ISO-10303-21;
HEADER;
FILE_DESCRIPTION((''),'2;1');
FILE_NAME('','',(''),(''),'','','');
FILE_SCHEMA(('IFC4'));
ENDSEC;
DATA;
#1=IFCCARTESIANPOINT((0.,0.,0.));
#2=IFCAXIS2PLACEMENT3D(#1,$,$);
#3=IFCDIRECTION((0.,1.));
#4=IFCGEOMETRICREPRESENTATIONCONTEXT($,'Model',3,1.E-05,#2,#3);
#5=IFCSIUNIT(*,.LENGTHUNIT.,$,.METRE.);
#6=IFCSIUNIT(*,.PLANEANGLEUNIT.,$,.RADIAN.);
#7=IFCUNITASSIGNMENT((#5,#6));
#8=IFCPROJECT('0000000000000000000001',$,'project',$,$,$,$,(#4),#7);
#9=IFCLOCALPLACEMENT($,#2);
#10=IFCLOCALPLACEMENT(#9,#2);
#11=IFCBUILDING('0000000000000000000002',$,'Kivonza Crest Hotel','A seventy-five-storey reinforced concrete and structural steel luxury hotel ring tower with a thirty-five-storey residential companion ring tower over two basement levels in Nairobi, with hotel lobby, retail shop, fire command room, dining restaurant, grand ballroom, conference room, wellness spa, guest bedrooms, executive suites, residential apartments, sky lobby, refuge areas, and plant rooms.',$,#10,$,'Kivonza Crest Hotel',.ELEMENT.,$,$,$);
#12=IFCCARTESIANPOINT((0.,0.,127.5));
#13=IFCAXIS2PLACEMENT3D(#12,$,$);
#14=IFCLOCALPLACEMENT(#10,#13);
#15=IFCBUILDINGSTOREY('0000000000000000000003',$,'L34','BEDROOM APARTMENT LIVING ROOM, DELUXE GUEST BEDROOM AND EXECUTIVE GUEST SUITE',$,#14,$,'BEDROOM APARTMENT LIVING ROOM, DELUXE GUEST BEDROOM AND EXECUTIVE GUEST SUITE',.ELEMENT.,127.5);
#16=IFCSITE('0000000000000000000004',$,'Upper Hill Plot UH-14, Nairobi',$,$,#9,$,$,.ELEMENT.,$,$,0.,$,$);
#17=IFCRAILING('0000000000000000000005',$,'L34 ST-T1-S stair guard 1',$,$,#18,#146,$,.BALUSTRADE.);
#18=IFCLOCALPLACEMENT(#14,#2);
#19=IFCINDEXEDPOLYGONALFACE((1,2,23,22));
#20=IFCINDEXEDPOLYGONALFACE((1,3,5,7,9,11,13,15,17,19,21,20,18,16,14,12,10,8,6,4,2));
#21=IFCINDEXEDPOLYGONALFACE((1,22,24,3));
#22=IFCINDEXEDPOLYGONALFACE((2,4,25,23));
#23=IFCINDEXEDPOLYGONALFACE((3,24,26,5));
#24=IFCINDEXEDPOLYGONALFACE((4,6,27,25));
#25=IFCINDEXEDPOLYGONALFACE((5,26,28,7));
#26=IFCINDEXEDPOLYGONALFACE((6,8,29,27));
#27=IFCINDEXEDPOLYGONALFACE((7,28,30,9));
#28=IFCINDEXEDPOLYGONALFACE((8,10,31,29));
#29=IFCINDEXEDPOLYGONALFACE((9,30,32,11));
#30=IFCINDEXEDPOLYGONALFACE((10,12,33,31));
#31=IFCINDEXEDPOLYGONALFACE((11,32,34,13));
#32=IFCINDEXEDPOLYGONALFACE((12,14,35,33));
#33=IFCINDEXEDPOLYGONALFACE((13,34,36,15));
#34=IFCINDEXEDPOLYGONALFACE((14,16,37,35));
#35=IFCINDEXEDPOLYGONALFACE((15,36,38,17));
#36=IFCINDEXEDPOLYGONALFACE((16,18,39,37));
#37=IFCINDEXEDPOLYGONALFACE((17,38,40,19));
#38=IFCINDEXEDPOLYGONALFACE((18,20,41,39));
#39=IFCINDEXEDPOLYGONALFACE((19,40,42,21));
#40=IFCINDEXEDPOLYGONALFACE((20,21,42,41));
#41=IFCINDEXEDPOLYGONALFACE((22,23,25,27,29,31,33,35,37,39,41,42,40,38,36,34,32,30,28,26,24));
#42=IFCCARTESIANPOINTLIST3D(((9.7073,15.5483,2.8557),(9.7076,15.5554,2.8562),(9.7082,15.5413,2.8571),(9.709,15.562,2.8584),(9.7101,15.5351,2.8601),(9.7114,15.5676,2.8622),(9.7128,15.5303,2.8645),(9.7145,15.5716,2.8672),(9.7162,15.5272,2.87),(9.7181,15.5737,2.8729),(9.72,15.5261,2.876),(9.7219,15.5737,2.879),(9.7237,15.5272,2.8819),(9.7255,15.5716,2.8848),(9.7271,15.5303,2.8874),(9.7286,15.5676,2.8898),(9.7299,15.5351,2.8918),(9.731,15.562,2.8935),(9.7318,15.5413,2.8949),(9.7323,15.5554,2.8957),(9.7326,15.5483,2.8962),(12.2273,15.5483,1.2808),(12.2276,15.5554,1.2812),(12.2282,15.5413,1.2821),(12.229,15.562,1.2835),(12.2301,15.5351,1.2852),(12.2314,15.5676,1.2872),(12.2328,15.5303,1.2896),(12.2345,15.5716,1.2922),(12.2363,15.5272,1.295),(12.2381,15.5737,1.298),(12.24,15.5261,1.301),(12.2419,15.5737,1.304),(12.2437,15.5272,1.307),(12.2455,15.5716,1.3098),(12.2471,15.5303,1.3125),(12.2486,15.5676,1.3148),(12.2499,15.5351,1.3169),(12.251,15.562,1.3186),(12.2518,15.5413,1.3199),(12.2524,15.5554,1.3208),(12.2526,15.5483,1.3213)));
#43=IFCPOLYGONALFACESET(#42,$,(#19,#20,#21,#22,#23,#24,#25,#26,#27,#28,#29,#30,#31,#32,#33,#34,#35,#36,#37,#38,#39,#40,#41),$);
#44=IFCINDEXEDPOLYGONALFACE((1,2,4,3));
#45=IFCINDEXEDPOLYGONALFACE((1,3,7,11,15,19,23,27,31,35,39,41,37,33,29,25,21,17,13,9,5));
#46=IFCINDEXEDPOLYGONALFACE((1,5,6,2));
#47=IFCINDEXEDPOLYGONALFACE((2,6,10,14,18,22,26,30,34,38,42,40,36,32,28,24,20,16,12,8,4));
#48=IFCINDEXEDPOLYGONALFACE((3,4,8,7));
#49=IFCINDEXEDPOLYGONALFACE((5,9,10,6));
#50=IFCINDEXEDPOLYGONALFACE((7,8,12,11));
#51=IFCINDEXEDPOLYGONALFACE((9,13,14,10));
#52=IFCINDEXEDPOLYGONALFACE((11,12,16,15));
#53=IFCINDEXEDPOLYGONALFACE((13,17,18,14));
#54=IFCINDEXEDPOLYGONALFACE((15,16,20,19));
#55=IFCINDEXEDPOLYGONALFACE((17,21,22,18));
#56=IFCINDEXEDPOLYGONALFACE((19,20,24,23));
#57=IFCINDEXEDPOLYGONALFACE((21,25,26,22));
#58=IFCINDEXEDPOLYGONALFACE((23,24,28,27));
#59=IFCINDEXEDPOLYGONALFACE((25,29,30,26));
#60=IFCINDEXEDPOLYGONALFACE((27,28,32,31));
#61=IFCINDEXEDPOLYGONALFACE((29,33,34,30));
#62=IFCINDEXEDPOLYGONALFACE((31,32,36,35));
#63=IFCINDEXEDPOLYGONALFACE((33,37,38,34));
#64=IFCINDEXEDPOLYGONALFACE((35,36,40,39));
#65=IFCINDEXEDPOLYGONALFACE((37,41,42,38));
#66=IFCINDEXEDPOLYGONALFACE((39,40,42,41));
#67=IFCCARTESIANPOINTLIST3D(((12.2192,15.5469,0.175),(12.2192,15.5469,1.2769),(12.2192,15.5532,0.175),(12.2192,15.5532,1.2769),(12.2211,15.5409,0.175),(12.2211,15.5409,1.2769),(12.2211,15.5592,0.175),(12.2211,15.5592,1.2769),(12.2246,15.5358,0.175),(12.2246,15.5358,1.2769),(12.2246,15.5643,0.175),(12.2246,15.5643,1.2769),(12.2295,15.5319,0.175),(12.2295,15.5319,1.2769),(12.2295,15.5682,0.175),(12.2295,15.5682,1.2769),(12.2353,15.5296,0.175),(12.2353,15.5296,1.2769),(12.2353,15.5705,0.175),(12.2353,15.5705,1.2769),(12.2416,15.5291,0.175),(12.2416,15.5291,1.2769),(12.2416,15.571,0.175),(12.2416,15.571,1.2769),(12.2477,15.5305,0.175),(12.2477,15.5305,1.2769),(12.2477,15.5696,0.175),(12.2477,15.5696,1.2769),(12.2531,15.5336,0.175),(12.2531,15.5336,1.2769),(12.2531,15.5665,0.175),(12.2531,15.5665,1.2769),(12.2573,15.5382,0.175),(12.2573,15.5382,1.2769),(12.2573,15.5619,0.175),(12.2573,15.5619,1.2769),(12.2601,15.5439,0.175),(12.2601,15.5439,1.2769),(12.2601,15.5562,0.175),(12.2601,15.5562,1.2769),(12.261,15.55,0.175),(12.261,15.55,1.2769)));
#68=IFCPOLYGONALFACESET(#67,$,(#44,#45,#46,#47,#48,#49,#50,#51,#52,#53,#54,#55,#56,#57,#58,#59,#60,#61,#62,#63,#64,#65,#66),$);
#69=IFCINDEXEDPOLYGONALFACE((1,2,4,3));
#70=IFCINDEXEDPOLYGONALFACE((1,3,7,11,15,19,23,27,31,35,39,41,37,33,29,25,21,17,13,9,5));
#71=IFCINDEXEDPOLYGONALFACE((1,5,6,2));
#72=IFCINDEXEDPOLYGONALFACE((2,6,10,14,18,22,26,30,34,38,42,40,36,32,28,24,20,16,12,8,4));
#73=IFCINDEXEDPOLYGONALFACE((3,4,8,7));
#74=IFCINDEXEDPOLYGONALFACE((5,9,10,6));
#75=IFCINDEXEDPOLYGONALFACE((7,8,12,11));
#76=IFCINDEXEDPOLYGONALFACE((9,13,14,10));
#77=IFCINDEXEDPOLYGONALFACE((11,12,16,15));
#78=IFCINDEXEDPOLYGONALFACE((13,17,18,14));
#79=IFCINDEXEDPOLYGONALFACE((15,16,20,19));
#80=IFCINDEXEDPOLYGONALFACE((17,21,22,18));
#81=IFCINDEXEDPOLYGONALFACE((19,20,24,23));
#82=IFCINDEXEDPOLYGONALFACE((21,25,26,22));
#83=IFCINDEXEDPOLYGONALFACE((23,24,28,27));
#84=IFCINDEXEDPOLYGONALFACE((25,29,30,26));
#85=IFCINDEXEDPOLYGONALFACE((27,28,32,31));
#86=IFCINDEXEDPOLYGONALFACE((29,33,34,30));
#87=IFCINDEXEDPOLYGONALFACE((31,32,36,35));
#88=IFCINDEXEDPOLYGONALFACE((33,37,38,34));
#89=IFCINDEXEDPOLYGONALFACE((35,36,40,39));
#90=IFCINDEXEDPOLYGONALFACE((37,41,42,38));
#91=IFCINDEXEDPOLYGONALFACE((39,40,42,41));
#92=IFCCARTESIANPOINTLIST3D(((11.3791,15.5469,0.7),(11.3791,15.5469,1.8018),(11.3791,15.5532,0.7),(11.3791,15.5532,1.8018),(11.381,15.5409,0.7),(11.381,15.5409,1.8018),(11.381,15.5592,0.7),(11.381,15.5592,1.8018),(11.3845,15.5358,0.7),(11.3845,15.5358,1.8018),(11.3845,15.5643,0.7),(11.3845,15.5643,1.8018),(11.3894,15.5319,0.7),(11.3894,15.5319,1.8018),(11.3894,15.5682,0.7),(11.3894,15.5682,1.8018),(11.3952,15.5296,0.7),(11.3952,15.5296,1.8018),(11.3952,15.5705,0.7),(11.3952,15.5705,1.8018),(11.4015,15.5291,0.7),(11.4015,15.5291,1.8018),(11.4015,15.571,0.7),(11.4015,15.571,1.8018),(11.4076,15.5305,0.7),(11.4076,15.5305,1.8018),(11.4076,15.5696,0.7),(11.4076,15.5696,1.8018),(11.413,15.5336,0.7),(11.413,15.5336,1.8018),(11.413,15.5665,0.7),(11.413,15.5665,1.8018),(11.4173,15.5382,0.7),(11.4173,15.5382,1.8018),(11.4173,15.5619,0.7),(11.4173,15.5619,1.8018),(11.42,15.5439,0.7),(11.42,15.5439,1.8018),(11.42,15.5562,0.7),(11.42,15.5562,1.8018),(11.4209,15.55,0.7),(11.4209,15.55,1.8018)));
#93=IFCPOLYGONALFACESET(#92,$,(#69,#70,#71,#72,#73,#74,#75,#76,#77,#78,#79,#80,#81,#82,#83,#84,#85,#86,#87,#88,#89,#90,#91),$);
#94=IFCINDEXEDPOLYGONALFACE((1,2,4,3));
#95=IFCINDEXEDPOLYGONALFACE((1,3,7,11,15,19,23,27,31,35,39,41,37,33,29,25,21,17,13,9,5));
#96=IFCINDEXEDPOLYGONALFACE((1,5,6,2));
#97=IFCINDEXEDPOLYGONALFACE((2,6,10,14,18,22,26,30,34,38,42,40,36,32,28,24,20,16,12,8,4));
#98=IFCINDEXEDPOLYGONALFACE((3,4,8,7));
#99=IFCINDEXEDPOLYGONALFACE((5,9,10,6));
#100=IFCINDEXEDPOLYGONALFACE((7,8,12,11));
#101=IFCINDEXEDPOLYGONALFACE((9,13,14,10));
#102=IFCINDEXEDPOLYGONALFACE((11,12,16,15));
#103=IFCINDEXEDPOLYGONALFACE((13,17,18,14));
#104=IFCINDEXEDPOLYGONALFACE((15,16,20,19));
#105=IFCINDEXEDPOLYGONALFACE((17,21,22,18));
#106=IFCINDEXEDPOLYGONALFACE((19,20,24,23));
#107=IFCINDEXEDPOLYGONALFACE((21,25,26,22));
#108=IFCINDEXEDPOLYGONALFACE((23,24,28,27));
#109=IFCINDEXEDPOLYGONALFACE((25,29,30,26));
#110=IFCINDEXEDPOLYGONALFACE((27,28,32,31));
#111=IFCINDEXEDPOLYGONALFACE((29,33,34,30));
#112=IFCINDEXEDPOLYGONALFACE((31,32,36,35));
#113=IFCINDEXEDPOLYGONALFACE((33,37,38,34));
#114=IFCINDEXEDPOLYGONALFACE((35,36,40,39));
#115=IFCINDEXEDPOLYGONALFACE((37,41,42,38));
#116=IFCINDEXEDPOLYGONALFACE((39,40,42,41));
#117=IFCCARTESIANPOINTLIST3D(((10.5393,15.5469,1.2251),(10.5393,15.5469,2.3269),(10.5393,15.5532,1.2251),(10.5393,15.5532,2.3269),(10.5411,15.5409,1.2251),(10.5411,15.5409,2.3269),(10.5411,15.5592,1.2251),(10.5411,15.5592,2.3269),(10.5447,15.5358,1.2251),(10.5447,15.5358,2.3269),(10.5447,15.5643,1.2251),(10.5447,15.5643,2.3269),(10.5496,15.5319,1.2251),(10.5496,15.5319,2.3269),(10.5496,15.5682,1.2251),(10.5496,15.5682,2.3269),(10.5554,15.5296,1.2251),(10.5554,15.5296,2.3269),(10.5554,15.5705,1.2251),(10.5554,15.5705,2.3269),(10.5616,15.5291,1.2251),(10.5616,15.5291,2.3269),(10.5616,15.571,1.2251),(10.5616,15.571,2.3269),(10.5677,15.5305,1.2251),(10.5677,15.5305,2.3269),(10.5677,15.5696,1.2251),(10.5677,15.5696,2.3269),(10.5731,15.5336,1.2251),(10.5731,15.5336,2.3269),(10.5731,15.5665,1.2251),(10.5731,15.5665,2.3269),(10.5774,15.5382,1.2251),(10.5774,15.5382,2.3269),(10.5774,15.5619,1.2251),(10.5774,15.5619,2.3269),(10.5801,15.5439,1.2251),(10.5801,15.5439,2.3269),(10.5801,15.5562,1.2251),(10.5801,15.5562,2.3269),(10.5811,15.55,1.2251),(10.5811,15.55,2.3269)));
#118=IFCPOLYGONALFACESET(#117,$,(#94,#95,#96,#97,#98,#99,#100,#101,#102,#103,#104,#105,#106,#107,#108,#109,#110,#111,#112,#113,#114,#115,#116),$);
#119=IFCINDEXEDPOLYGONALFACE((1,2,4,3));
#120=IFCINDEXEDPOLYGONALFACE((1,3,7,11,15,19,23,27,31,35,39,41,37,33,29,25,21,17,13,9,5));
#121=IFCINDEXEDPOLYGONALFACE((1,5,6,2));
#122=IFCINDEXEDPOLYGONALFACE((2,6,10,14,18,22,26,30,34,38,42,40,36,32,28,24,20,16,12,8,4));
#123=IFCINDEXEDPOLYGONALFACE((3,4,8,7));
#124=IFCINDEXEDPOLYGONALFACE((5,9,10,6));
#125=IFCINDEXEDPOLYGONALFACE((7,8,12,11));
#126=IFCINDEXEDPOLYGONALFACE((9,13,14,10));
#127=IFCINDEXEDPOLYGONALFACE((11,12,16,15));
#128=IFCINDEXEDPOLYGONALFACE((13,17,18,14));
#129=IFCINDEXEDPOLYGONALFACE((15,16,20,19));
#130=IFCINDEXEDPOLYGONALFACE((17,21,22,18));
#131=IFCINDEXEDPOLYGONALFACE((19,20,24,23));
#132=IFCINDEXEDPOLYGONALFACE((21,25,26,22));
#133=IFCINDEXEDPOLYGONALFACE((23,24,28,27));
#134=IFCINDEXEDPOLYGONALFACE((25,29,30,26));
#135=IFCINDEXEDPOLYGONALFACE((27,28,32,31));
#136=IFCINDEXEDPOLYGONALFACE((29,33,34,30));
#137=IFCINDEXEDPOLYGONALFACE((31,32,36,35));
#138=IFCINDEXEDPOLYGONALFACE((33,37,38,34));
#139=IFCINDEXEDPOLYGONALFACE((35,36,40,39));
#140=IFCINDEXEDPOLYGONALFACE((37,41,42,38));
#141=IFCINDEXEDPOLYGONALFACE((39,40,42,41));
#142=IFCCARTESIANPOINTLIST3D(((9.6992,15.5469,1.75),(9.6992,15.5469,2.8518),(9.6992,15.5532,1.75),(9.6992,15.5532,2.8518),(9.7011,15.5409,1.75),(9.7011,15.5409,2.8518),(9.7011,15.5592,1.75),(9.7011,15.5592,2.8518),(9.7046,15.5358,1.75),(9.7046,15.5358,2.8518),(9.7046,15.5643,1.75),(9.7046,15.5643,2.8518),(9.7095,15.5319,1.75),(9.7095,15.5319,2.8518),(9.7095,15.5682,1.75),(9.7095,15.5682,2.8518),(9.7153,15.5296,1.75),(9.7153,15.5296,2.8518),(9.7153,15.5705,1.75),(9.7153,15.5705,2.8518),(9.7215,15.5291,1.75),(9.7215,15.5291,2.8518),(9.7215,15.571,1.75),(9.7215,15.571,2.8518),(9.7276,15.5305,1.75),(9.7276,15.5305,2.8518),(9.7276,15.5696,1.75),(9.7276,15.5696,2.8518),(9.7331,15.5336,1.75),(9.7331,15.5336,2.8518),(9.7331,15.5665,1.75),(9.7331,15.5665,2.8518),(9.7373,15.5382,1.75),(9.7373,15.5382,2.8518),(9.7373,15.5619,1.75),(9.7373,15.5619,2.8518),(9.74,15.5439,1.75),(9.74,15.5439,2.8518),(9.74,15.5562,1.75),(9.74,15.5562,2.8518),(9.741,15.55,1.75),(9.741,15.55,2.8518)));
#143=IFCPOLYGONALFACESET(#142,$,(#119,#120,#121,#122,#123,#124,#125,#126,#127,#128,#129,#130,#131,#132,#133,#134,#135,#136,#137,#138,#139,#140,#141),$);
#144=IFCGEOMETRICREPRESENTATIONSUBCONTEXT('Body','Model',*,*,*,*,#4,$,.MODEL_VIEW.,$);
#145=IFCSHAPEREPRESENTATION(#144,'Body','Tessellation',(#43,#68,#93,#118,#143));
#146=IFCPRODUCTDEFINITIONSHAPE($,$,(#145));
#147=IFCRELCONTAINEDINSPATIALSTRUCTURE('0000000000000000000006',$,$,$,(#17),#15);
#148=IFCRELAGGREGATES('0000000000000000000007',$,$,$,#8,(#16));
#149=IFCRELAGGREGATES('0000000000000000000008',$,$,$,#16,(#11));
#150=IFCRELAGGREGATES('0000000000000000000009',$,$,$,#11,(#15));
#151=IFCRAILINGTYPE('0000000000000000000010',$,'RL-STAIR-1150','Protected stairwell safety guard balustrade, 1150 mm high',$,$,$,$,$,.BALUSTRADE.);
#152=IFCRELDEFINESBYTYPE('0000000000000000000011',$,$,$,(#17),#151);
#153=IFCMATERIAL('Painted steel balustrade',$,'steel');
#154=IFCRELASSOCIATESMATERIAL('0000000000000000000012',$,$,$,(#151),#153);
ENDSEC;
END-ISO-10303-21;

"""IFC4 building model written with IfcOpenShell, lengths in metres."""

from ifc_helpers import new_model, si_unit, direction, frame, origin, origin_2d, place, context, subcontext, project, spatial, circle, extrude, material, type_object, element, save


model = new_model("IFC4")

# Units and contexts
model_context = context("Model", 3, precision=1e-05, world=origin(), true_north=direction((0.0, 1.0)))
body_context = subcontext(model_context, "Body", "Model", "MODEL_VIEW")
ifc_project = project(units=[si_unit("LENGTHUNIT", "METRE"), si_unit("PLANEANGLEUNIT", "RADIAN")], contexts=[model_context])

# Site, building, storey
site_placement = place(None, origin())
site = spatial("IfcSite", under=ifc_project, at=site_placement, Name="Upper Hill Plot UH-14, Nairobi", CompositionType="ELEMENT", RefElevation=0.0)
building_placement = place(site_placement, origin())
building = spatial("IfcBuilding", under=site, at=building_placement, Name="Kivonza Crest Hotel", Description="A seventy-five-storey reinforced concrete and structural steel luxury hotel ring tower with a thirty-five-storey residential companion ring tower over two basement levels in Nairobi, with hotel lobby, retail shop, fire command room, dining restaurant, grand ballroom, conference room, wellness spa, guest bedrooms, executive suites, residential apartments, sky lobby, refuge areas, and plant rooms.", LongName="Kivonza Crest Hotel", CompositionType="ELEMENT")
storey_placement = place(building_placement, frame((0.0, 0.0, 127.5)))
storey = spatial("IfcBuildingStorey", under=building, at=storey_placement, Name="L34", Description="BEDROOM APARTMENT LIVING ROOM, DELUXE GUEST BEDROOM AND EXECUTIVE GUEST SUITE", LongName="BEDROOM APARTMENT LIVING ROOM, DELUXE GUEST BEDROOM AND EXECUTIVE GUEST SUITE", CompositionType="ELEMENT", Elevation=127.5)

# Railing
ifc_material_1 = material(Name="Painted steel balustrade", Category="steel")
railing_type_1 = type_object("IfcRailingType", Name="RL-STAIR-1150", Description="Protected stairwell safety guard balustrade, 1150 mm high", PredefinedType="BALUSTRADE", material=ifc_material_1)
railing_1_placement = place(storey_placement, frame((12.24, 15.55, 0.175)))
element("IfcRailing", 1, at=railing_1_placement, inside=storey, type_object=railing_type_1, Name="L34 ST-T1-S stair guard 1", PredefinedType="BALUSTRADE", context=body_context, shape_type="SweptSolid", body=[
    extrude(circle(Radius=0.0239, at=origin_2d()), frame((0.0, 0.0, 1.126), z_axis=(-0.848008, 0.0, 0.529984), x_axis=(0.0, -1.0, 0.0)), (0.0, 0.0, 1.0), 2.9717),
    extrude(circle(Radius=0.021, at=origin_2d()), origin(), (0.0, 0.0, 1.0), 1.1018),
    extrude(circle(Radius=0.021, at=origin_2d()), frame((-0.8401, 0.0, 0.5249)), (0.0, 0.0, 1.0), 1.1018),
    extrude(circle(Radius=0.021, at=origin_2d()), frame((-1.6799, 0.0, 1.05)), (0.0, 0.0, 1.0), 1.1018),
    extrude(circle(Radius=0.021, at=origin_2d()), frame((-2.52, 0.0, 1.575)), (0.0, 0.0, 1.0), 1.1018),
])

save(model, "model.ifc")
